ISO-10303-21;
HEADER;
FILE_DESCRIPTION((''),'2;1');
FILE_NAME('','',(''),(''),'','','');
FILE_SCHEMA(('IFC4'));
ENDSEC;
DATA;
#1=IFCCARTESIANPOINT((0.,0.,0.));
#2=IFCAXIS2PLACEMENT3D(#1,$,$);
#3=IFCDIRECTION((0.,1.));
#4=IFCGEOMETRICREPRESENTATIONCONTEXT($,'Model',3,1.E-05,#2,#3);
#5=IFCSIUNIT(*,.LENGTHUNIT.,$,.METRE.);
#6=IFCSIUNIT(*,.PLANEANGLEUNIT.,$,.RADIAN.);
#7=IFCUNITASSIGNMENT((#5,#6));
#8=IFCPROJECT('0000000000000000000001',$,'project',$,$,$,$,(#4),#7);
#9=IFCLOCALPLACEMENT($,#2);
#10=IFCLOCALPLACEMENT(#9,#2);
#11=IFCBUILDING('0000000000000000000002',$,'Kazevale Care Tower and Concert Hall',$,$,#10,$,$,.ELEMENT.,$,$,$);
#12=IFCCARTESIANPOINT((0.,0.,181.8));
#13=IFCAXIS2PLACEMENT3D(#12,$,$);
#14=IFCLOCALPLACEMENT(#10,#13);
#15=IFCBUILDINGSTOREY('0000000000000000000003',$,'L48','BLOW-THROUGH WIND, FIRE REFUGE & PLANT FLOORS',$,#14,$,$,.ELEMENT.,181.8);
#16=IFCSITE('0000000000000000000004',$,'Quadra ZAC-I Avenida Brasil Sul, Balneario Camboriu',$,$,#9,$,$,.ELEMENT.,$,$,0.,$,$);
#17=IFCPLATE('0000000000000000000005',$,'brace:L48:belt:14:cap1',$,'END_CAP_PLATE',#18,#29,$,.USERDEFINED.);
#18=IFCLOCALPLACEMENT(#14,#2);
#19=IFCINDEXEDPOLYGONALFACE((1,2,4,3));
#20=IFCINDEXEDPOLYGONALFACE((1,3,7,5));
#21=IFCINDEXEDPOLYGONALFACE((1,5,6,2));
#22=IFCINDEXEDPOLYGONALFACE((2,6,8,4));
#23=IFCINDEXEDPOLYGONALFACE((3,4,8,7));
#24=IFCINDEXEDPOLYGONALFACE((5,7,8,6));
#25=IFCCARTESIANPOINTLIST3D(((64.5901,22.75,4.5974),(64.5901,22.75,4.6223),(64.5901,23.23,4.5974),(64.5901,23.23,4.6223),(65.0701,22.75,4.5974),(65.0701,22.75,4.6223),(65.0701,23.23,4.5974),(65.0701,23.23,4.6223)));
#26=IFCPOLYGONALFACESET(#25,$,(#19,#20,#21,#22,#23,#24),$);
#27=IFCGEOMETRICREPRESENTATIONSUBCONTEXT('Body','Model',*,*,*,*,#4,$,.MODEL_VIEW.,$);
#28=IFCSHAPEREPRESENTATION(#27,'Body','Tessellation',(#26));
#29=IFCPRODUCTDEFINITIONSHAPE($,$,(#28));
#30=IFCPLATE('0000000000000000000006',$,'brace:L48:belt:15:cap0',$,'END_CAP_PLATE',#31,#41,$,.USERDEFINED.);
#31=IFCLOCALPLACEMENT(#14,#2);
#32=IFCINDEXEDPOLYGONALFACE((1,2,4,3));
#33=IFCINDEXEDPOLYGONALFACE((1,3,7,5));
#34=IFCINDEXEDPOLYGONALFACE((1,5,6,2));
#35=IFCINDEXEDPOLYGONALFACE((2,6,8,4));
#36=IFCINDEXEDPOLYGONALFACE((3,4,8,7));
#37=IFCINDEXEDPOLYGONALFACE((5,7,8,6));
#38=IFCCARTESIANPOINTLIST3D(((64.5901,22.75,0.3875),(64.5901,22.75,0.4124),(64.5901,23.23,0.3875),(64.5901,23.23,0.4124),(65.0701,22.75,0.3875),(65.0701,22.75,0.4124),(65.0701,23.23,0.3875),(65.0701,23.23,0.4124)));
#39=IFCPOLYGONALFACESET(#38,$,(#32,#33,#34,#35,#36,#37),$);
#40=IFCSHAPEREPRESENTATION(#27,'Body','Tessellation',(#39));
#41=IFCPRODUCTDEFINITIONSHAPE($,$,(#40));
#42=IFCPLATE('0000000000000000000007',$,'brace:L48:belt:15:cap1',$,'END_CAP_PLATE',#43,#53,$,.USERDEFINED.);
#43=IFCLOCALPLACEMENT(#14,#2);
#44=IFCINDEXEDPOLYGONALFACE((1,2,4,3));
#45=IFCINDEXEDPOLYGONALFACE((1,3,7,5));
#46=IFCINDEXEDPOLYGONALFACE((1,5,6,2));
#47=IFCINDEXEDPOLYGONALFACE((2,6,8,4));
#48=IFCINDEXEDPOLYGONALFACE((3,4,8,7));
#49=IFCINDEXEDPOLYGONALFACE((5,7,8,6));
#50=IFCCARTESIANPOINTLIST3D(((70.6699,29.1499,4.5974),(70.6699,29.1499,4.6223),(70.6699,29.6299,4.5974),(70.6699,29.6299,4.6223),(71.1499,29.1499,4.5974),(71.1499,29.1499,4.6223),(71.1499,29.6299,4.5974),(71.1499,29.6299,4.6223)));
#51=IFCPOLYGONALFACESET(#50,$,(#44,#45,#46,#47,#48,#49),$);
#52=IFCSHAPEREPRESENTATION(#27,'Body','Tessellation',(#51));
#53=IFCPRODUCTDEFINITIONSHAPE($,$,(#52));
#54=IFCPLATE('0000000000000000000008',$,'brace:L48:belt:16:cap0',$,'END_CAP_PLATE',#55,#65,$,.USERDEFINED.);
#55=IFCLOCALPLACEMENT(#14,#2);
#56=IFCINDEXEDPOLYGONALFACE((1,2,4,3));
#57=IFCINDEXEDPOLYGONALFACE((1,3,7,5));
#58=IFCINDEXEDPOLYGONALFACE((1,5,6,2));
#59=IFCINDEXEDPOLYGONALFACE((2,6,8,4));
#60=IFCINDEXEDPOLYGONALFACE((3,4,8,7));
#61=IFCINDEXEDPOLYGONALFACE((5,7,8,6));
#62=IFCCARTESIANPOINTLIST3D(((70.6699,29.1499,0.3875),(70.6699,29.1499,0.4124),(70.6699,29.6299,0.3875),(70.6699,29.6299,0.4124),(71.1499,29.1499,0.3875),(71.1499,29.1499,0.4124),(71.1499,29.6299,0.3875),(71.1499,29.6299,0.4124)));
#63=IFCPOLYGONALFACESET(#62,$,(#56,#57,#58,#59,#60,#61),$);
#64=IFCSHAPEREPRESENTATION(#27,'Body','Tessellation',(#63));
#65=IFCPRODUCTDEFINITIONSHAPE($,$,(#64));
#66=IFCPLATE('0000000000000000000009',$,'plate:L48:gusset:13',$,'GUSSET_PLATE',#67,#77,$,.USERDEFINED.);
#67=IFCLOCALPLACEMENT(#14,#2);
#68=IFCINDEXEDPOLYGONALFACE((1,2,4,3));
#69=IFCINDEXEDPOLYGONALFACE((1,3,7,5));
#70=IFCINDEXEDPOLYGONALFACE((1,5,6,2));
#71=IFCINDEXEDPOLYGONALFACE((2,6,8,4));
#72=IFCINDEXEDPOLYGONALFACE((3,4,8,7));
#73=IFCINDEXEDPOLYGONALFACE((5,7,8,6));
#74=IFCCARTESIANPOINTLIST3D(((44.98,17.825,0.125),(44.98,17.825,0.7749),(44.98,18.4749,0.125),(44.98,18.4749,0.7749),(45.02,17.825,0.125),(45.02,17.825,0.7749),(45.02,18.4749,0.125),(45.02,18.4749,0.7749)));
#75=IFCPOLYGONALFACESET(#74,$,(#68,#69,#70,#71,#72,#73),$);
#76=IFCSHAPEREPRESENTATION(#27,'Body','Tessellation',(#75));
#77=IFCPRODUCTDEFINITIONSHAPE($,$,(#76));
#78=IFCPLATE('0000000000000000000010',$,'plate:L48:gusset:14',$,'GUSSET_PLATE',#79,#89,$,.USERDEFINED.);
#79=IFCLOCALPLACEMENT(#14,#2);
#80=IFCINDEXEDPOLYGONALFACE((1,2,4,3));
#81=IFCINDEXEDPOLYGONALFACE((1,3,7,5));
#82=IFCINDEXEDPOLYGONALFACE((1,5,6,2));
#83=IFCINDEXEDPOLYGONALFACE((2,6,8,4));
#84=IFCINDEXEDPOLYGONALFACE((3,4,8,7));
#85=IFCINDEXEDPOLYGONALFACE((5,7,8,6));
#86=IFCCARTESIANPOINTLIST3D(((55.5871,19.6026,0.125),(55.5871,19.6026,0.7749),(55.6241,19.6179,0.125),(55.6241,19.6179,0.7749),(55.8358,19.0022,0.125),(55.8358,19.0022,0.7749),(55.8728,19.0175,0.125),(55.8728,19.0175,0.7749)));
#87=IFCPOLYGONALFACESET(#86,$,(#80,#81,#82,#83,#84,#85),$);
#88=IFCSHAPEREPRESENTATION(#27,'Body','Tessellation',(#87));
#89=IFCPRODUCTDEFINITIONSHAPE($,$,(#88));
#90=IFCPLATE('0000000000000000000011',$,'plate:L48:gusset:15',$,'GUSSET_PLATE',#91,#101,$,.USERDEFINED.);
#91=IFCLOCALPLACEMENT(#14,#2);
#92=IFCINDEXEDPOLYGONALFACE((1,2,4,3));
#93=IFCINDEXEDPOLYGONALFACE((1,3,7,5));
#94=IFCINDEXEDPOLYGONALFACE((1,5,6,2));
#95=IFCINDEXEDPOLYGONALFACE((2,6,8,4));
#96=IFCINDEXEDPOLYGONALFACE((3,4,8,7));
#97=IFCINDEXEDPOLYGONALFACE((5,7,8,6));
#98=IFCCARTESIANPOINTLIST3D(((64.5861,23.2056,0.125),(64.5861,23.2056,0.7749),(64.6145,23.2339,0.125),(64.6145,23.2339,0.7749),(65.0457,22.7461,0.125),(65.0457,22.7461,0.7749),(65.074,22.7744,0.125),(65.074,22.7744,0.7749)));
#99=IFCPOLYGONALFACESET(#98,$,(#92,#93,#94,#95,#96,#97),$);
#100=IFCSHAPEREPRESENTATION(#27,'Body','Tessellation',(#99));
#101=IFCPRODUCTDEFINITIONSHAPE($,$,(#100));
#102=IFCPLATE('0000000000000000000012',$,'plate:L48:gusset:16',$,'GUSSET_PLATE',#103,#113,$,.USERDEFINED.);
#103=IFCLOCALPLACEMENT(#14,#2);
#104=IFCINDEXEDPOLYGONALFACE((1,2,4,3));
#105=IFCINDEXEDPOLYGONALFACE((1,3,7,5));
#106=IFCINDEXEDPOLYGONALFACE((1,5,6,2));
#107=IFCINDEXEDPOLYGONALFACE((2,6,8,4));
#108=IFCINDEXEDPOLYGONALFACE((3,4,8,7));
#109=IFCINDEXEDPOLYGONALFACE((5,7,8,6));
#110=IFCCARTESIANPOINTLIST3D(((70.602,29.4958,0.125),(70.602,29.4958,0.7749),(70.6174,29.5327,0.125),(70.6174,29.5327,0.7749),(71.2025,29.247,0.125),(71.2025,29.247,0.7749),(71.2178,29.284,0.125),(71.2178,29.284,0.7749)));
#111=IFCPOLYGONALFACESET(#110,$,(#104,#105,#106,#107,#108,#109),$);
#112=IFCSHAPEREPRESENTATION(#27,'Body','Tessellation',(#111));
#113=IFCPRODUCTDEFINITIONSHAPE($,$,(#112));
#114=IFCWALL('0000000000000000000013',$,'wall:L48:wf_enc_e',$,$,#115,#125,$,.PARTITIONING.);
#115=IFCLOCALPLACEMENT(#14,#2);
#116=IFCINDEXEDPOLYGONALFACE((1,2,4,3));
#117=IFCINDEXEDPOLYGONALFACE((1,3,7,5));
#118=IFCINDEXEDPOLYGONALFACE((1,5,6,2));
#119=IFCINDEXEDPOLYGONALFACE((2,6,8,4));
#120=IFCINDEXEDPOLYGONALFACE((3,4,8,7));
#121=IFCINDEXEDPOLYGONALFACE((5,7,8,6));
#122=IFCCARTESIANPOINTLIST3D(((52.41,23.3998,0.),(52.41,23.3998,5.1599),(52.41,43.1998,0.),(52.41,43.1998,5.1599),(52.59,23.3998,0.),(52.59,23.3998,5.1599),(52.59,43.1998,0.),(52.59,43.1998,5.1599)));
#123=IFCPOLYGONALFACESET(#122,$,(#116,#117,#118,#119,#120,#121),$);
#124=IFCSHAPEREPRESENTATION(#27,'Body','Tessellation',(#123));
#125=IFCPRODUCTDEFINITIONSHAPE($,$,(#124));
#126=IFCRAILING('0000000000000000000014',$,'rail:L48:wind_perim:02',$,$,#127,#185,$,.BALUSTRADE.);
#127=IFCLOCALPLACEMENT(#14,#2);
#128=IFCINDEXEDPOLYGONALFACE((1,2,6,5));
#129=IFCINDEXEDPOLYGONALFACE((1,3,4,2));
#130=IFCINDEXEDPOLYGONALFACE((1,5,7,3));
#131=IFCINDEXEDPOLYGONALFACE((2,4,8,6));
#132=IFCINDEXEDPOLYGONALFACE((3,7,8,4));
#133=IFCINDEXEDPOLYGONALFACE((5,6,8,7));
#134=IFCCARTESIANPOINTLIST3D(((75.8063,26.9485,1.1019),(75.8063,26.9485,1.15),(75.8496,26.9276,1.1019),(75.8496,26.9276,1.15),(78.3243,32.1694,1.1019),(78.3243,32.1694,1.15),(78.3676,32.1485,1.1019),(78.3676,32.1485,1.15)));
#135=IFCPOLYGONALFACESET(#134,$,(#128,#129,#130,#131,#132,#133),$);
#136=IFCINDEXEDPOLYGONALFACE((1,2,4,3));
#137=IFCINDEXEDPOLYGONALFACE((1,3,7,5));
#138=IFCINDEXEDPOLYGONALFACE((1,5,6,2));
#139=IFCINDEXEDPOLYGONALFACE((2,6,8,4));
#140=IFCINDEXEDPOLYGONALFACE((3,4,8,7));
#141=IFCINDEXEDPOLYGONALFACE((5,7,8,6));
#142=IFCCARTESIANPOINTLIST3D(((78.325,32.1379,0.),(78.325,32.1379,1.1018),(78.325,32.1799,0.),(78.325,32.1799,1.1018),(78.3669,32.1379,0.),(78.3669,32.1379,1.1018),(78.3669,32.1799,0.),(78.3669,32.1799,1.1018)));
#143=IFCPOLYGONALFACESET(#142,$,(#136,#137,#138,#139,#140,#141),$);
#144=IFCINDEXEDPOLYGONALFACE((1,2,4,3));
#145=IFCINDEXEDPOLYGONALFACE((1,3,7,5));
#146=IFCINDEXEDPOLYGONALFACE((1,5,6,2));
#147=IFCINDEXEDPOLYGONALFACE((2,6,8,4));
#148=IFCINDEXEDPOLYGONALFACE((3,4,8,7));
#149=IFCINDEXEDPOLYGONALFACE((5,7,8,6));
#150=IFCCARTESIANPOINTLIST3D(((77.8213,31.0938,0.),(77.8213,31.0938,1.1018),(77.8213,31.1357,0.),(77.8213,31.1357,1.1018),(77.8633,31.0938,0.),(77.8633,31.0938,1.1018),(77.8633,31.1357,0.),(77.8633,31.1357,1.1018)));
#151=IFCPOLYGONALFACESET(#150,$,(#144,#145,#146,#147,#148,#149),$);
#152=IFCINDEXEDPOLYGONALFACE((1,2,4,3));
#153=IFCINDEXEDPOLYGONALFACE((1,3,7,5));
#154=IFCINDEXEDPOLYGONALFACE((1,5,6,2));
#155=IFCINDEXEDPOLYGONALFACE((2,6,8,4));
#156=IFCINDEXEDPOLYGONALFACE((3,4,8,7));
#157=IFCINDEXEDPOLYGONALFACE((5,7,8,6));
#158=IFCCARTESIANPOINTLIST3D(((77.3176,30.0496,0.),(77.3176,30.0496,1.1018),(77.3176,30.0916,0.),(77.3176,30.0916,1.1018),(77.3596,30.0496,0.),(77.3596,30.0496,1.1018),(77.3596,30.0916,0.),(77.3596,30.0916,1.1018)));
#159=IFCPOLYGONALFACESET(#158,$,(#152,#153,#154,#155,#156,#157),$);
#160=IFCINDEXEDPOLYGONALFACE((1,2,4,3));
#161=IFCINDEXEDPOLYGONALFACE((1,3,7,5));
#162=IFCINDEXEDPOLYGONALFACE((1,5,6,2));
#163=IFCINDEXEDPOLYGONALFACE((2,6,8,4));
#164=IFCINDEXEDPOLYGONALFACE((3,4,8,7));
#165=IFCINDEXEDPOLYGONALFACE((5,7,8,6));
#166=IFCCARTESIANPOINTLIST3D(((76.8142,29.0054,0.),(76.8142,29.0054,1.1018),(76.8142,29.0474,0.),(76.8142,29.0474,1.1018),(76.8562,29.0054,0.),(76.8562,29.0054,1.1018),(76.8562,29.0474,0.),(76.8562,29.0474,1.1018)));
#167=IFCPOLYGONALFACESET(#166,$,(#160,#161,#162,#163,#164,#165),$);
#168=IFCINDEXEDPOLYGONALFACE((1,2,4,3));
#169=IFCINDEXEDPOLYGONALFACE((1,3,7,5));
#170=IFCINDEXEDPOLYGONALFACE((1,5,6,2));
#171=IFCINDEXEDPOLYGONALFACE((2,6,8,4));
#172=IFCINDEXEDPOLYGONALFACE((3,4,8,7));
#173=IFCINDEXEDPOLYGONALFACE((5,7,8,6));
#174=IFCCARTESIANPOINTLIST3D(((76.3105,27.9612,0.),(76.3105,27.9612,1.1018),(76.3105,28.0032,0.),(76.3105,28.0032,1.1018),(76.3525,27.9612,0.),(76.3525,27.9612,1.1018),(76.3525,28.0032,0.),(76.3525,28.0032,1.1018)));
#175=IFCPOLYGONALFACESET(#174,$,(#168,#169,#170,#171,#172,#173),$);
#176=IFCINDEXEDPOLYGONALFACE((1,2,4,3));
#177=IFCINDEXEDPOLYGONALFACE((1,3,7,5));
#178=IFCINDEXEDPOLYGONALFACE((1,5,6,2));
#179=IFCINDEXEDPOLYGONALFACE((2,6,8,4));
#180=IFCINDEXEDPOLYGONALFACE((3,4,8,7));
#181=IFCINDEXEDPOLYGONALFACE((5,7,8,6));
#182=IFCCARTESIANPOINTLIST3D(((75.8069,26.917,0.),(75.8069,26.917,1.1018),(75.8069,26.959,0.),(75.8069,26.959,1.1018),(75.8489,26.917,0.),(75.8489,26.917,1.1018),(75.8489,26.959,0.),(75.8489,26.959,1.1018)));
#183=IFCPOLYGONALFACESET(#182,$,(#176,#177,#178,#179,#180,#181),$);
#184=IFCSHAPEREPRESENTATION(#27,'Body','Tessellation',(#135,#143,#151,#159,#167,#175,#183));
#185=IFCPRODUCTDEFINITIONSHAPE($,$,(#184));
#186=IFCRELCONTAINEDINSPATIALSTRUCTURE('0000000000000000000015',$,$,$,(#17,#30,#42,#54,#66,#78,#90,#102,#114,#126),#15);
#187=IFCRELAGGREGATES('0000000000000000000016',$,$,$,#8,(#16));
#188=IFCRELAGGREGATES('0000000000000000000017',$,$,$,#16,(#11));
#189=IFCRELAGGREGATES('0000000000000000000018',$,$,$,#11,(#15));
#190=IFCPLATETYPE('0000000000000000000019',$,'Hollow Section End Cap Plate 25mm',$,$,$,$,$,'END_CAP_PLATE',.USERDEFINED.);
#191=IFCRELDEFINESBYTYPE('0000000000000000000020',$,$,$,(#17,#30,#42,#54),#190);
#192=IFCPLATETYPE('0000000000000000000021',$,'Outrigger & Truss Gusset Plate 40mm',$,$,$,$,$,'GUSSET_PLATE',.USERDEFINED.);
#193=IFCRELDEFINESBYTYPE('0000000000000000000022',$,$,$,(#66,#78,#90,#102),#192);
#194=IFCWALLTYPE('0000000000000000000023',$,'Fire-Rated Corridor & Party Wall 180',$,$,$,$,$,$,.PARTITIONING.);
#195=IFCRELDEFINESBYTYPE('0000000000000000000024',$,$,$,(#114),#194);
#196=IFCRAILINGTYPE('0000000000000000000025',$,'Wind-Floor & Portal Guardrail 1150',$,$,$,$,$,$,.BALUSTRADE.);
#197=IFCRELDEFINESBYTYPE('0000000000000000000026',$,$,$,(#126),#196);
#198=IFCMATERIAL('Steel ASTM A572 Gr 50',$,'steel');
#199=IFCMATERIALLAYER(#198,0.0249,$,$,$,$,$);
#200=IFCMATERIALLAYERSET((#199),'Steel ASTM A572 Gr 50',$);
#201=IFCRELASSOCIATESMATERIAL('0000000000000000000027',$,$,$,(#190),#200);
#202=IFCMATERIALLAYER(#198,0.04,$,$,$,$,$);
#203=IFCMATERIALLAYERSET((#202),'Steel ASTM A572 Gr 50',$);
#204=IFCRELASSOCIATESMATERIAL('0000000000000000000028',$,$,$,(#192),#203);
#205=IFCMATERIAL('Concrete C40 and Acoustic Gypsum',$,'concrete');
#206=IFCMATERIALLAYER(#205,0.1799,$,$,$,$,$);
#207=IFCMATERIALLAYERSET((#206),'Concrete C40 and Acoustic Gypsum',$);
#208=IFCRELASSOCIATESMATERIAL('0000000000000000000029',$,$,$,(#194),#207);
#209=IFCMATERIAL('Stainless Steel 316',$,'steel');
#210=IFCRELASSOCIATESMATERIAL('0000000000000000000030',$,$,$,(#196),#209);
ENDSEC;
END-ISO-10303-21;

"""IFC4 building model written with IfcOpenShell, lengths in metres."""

from ifc_helpers import new_model, si_unit, direction, frame, frame_2d, origin, origin_2d, place, context, subcontext, project, spatial, rectangle, extrude, material, layer, layer_set, type_object, element, save


model = new_model("IFC4")

# Units and contexts
model_context = context("Model", 3, precision=1e-05, world=origin(), true_north=direction((0.0, 1.0)))
body_context = subcontext(model_context, "Body", "Model", "MODEL_VIEW")
ifc_project = project(units=[si_unit("LENGTHUNIT", "METRE"), si_unit("PLANEANGLEUNIT", "RADIAN")], contexts=[model_context])

# Site, building, storey
site_placement = place(None, origin())
site = spatial("IfcSite", under=ifc_project, at=site_placement, Name="Quadra ZAC-I Avenida Brasil Sul, Balneario Camboriu", CompositionType="ELEMENT", RefElevation=0.0)
building_placement = place(site_placement, origin())
building = spatial("IfcBuilding", under=site, at=building_placement, Name="Kazevale Care Tower and Concert Hall", CompositionType="ELEMENT")
storey_placement = place(building_placement, frame((0.0, 0.0, 181.8)))
storey = spatial("IfcBuildingStorey", under=building, at=storey_placement, Name="L48", Description="BLOW-THROUGH WIND, FIRE REFUGE & PLANT FLOORS", CompositionType="ELEMENT", Elevation=181.8)

# Shared definitions
ifc_material_1 = material(Name="Steel ASTM A572 Gr 50", Category="steel")

# Plates
ifc_layer_1 = layer(ifc_material_1, 0.0249)
ifc_layer_set_1 = layer_set([ifc_layer_1], Name="Steel ASTM A572 Gr 50")
plate_type_1 = type_object("IfcPlateType", Name="Hollow Section End Cap Plate 25mm", ElementType="END_CAP_PLATE", PredefinedType="USERDEFINED", material=ifc_layer_set_1)
for number, where, z_axis, x_axis, name in (
    (1, (64.8301, 22.99, 4.5974), (0.0, 0.0, 1.0), (1.0, 0.0, 0.0), "brace:L48:belt:14:cap1"),
    (2, (64.8301, 22.99, 0.3875), (0.0, 0.0, 1.0), (1.0, 0.0, 0.0), "brace:L48:belt:15:cap0"),
    (3, (70.9099, 29.3899, 4.5974), (0.0, 0.0, 1.0), (1.0, 0.0, 0.0), "brace:L48:belt:15:cap1"),
    (4, (70.9099, 29.3899, 0.3875), (0.0, 0.0, 1.0), (1.0, 0.0, 0.0), "brace:L48:belt:16:cap0"),
):
    element("IfcPlate", number, at=place(storey_placement, frame(where, z_axis=z_axis, x_axis=x_axis)), inside=storey, type_object=plate_type_1, Name=name, ObjectType="END_CAP_PLATE", PredefinedType="USERDEFINED", context=body_context, shape_type="SweptSolid", body=[
        extrude(rectangle(XDim=0.48, YDim=0.48, at=origin_2d()), origin(), (0.0, 0.0, 1.0), 0.0249),
    ])
ifc_layer_2 = layer(ifc_material_1, 0.04)
ifc_layer_set_2 = layer_set([ifc_layer_2], Name="Steel ASTM A572 Gr 50")
plate_type_2 = type_object("IfcPlateType", Name="Outrigger & Truss Gusset Plate 40mm", ElementType="GUSSET_PLATE", PredefinedType="USERDEFINED", material=ifc_layer_set_2)
for number, where, z_axis, x_axis, name in (
    (5, (45.0, 18.1499, 0.125), (0.0, 0.0, 1.0), (0.0, -1.0, 0.0), "plate:L48:gusset:13"),
    (6, (55.73, 19.3101, 0.125), (0.0, 0.0, 1.0), (0.382683, -0.92388, 0.0), "plate:L48:gusset:14"),
    (7, (64.8301, 22.99, 0.125), (0.0, 0.0, 1.0), (0.707107, -0.707107, 0.0), "plate:L48:gusset:15"),
    (8, (70.9099, 29.3899, 0.125), (0.0, 0.0, 1.0), (0.92388, -0.382683, 0.0), "plate:L48:gusset:16"),
):
    element("IfcPlate", number, at=place(storey_placement, frame(where, z_axis=z_axis, x_axis=x_axis)), inside=storey, type_object=plate_type_2, Name=name, ObjectType="GUSSET_PLATE", PredefinedType="USERDEFINED", context=body_context, shape_type="SweptSolid", body=[
        extrude(rectangle(XDim=0.6499, YDim=0.04, at=origin_2d()), origin(), (0.0, 0.0, 1.0), 0.6499),
    ])

# Wall
ifc_material_2 = material(Name="Concrete C40 and Acoustic Gypsum", Category="concrete")
ifc_layer_3 = layer(ifc_material_2, 0.1799)
ifc_layer_set_3 = layer_set([ifc_layer_3], Name="Concrete C40 and Acoustic Gypsum")
wall_type = type_object("IfcWallType", Name="Fire-Rated Corridor & Party Wall 180", PredefinedType="PARTITIONING", material=ifc_layer_set_3)
wall_placement = place(storey_placement, frame((52.5, 23.3999, 0.0), z_axis=(0.0, 0.0, 1.0), x_axis=(0.0, 1.0, 0.0)))
element("IfcWall", 9, at=wall_placement, inside=storey, type_object=wall_type, Name="wall:L48:wf_enc_e", PredefinedType="PARTITIONING", context=body_context, shape_type="SweptSolid", body=[
    extrude(rectangle(XDim=19.8, YDim=0.1799, at=frame_2d((9.8999, 0.0))), origin(), (0.0, 0.0, 1.0), 5.1599),
])

# Railing
ifc_material_3 = material(Name="Stainless Steel 316", Category="steel")
railing_type = type_object("IfcRailingType", Name="Wind-Floor & Portal Guardrail 1150", PredefinedType="BALUSTRADE", material=ifc_material_3)
railing_1_placement = place(storey_placement, frame((78.3459, 32.1589, 0.0)))
element("IfcRailing", 10, at=railing_1_placement, inside=storey, type_object=railing_type, Name="rail:L48:wind_perim:02", PredefinedType="BALUSTRADE", context=body_context, shape_type="SweptSolid", body=[
    extrude(rectangle(XDim=0.0481, YDim=0.0481, at=origin_2d()), frame((0.0, 0.0, 1.126), z_axis=(-0.434415, -0.900713, 0.0), x_axis=(0.900713, -0.434415, 0.0)), (0.0, 0.0, 1.0), 5.7964),
    extrude(rectangle(XDim=0.042, YDim=0.042, at=origin_2d()), origin(), (0.0, 0.0, 1.0), 1.1018),
    extrude(rectangle(XDim=0.042, YDim=0.042, at=origin_2d()), frame((-0.5037, -1.0442, 0.0)), (0.0, 0.0, 1.0), 1.1018),
    extrude(rectangle(XDim=0.042, YDim=0.042, at=origin_2d()), frame((-1.0073, -2.0884, 0.0)), (0.0, 0.0, 1.0), 1.1018),
    extrude(rectangle(XDim=0.042, YDim=0.042, at=origin_2d()), frame((-1.5107, -3.1326, 0.0)), (0.0, 0.0, 1.0), 1.1018),
    extrude(rectangle(XDim=0.042, YDim=0.042, at=origin_2d()), frame((-2.0144, -4.1768, 0.0)), (0.0, 0.0, 1.0), 1.1018),
    extrude(rectangle(XDim=0.042, YDim=0.042, at=origin_2d()), frame((-2.5181, -5.2209, 0.0)), (0.0, 0.0, 1.0), 1.1018),
])

save(model, "model.ifc")
